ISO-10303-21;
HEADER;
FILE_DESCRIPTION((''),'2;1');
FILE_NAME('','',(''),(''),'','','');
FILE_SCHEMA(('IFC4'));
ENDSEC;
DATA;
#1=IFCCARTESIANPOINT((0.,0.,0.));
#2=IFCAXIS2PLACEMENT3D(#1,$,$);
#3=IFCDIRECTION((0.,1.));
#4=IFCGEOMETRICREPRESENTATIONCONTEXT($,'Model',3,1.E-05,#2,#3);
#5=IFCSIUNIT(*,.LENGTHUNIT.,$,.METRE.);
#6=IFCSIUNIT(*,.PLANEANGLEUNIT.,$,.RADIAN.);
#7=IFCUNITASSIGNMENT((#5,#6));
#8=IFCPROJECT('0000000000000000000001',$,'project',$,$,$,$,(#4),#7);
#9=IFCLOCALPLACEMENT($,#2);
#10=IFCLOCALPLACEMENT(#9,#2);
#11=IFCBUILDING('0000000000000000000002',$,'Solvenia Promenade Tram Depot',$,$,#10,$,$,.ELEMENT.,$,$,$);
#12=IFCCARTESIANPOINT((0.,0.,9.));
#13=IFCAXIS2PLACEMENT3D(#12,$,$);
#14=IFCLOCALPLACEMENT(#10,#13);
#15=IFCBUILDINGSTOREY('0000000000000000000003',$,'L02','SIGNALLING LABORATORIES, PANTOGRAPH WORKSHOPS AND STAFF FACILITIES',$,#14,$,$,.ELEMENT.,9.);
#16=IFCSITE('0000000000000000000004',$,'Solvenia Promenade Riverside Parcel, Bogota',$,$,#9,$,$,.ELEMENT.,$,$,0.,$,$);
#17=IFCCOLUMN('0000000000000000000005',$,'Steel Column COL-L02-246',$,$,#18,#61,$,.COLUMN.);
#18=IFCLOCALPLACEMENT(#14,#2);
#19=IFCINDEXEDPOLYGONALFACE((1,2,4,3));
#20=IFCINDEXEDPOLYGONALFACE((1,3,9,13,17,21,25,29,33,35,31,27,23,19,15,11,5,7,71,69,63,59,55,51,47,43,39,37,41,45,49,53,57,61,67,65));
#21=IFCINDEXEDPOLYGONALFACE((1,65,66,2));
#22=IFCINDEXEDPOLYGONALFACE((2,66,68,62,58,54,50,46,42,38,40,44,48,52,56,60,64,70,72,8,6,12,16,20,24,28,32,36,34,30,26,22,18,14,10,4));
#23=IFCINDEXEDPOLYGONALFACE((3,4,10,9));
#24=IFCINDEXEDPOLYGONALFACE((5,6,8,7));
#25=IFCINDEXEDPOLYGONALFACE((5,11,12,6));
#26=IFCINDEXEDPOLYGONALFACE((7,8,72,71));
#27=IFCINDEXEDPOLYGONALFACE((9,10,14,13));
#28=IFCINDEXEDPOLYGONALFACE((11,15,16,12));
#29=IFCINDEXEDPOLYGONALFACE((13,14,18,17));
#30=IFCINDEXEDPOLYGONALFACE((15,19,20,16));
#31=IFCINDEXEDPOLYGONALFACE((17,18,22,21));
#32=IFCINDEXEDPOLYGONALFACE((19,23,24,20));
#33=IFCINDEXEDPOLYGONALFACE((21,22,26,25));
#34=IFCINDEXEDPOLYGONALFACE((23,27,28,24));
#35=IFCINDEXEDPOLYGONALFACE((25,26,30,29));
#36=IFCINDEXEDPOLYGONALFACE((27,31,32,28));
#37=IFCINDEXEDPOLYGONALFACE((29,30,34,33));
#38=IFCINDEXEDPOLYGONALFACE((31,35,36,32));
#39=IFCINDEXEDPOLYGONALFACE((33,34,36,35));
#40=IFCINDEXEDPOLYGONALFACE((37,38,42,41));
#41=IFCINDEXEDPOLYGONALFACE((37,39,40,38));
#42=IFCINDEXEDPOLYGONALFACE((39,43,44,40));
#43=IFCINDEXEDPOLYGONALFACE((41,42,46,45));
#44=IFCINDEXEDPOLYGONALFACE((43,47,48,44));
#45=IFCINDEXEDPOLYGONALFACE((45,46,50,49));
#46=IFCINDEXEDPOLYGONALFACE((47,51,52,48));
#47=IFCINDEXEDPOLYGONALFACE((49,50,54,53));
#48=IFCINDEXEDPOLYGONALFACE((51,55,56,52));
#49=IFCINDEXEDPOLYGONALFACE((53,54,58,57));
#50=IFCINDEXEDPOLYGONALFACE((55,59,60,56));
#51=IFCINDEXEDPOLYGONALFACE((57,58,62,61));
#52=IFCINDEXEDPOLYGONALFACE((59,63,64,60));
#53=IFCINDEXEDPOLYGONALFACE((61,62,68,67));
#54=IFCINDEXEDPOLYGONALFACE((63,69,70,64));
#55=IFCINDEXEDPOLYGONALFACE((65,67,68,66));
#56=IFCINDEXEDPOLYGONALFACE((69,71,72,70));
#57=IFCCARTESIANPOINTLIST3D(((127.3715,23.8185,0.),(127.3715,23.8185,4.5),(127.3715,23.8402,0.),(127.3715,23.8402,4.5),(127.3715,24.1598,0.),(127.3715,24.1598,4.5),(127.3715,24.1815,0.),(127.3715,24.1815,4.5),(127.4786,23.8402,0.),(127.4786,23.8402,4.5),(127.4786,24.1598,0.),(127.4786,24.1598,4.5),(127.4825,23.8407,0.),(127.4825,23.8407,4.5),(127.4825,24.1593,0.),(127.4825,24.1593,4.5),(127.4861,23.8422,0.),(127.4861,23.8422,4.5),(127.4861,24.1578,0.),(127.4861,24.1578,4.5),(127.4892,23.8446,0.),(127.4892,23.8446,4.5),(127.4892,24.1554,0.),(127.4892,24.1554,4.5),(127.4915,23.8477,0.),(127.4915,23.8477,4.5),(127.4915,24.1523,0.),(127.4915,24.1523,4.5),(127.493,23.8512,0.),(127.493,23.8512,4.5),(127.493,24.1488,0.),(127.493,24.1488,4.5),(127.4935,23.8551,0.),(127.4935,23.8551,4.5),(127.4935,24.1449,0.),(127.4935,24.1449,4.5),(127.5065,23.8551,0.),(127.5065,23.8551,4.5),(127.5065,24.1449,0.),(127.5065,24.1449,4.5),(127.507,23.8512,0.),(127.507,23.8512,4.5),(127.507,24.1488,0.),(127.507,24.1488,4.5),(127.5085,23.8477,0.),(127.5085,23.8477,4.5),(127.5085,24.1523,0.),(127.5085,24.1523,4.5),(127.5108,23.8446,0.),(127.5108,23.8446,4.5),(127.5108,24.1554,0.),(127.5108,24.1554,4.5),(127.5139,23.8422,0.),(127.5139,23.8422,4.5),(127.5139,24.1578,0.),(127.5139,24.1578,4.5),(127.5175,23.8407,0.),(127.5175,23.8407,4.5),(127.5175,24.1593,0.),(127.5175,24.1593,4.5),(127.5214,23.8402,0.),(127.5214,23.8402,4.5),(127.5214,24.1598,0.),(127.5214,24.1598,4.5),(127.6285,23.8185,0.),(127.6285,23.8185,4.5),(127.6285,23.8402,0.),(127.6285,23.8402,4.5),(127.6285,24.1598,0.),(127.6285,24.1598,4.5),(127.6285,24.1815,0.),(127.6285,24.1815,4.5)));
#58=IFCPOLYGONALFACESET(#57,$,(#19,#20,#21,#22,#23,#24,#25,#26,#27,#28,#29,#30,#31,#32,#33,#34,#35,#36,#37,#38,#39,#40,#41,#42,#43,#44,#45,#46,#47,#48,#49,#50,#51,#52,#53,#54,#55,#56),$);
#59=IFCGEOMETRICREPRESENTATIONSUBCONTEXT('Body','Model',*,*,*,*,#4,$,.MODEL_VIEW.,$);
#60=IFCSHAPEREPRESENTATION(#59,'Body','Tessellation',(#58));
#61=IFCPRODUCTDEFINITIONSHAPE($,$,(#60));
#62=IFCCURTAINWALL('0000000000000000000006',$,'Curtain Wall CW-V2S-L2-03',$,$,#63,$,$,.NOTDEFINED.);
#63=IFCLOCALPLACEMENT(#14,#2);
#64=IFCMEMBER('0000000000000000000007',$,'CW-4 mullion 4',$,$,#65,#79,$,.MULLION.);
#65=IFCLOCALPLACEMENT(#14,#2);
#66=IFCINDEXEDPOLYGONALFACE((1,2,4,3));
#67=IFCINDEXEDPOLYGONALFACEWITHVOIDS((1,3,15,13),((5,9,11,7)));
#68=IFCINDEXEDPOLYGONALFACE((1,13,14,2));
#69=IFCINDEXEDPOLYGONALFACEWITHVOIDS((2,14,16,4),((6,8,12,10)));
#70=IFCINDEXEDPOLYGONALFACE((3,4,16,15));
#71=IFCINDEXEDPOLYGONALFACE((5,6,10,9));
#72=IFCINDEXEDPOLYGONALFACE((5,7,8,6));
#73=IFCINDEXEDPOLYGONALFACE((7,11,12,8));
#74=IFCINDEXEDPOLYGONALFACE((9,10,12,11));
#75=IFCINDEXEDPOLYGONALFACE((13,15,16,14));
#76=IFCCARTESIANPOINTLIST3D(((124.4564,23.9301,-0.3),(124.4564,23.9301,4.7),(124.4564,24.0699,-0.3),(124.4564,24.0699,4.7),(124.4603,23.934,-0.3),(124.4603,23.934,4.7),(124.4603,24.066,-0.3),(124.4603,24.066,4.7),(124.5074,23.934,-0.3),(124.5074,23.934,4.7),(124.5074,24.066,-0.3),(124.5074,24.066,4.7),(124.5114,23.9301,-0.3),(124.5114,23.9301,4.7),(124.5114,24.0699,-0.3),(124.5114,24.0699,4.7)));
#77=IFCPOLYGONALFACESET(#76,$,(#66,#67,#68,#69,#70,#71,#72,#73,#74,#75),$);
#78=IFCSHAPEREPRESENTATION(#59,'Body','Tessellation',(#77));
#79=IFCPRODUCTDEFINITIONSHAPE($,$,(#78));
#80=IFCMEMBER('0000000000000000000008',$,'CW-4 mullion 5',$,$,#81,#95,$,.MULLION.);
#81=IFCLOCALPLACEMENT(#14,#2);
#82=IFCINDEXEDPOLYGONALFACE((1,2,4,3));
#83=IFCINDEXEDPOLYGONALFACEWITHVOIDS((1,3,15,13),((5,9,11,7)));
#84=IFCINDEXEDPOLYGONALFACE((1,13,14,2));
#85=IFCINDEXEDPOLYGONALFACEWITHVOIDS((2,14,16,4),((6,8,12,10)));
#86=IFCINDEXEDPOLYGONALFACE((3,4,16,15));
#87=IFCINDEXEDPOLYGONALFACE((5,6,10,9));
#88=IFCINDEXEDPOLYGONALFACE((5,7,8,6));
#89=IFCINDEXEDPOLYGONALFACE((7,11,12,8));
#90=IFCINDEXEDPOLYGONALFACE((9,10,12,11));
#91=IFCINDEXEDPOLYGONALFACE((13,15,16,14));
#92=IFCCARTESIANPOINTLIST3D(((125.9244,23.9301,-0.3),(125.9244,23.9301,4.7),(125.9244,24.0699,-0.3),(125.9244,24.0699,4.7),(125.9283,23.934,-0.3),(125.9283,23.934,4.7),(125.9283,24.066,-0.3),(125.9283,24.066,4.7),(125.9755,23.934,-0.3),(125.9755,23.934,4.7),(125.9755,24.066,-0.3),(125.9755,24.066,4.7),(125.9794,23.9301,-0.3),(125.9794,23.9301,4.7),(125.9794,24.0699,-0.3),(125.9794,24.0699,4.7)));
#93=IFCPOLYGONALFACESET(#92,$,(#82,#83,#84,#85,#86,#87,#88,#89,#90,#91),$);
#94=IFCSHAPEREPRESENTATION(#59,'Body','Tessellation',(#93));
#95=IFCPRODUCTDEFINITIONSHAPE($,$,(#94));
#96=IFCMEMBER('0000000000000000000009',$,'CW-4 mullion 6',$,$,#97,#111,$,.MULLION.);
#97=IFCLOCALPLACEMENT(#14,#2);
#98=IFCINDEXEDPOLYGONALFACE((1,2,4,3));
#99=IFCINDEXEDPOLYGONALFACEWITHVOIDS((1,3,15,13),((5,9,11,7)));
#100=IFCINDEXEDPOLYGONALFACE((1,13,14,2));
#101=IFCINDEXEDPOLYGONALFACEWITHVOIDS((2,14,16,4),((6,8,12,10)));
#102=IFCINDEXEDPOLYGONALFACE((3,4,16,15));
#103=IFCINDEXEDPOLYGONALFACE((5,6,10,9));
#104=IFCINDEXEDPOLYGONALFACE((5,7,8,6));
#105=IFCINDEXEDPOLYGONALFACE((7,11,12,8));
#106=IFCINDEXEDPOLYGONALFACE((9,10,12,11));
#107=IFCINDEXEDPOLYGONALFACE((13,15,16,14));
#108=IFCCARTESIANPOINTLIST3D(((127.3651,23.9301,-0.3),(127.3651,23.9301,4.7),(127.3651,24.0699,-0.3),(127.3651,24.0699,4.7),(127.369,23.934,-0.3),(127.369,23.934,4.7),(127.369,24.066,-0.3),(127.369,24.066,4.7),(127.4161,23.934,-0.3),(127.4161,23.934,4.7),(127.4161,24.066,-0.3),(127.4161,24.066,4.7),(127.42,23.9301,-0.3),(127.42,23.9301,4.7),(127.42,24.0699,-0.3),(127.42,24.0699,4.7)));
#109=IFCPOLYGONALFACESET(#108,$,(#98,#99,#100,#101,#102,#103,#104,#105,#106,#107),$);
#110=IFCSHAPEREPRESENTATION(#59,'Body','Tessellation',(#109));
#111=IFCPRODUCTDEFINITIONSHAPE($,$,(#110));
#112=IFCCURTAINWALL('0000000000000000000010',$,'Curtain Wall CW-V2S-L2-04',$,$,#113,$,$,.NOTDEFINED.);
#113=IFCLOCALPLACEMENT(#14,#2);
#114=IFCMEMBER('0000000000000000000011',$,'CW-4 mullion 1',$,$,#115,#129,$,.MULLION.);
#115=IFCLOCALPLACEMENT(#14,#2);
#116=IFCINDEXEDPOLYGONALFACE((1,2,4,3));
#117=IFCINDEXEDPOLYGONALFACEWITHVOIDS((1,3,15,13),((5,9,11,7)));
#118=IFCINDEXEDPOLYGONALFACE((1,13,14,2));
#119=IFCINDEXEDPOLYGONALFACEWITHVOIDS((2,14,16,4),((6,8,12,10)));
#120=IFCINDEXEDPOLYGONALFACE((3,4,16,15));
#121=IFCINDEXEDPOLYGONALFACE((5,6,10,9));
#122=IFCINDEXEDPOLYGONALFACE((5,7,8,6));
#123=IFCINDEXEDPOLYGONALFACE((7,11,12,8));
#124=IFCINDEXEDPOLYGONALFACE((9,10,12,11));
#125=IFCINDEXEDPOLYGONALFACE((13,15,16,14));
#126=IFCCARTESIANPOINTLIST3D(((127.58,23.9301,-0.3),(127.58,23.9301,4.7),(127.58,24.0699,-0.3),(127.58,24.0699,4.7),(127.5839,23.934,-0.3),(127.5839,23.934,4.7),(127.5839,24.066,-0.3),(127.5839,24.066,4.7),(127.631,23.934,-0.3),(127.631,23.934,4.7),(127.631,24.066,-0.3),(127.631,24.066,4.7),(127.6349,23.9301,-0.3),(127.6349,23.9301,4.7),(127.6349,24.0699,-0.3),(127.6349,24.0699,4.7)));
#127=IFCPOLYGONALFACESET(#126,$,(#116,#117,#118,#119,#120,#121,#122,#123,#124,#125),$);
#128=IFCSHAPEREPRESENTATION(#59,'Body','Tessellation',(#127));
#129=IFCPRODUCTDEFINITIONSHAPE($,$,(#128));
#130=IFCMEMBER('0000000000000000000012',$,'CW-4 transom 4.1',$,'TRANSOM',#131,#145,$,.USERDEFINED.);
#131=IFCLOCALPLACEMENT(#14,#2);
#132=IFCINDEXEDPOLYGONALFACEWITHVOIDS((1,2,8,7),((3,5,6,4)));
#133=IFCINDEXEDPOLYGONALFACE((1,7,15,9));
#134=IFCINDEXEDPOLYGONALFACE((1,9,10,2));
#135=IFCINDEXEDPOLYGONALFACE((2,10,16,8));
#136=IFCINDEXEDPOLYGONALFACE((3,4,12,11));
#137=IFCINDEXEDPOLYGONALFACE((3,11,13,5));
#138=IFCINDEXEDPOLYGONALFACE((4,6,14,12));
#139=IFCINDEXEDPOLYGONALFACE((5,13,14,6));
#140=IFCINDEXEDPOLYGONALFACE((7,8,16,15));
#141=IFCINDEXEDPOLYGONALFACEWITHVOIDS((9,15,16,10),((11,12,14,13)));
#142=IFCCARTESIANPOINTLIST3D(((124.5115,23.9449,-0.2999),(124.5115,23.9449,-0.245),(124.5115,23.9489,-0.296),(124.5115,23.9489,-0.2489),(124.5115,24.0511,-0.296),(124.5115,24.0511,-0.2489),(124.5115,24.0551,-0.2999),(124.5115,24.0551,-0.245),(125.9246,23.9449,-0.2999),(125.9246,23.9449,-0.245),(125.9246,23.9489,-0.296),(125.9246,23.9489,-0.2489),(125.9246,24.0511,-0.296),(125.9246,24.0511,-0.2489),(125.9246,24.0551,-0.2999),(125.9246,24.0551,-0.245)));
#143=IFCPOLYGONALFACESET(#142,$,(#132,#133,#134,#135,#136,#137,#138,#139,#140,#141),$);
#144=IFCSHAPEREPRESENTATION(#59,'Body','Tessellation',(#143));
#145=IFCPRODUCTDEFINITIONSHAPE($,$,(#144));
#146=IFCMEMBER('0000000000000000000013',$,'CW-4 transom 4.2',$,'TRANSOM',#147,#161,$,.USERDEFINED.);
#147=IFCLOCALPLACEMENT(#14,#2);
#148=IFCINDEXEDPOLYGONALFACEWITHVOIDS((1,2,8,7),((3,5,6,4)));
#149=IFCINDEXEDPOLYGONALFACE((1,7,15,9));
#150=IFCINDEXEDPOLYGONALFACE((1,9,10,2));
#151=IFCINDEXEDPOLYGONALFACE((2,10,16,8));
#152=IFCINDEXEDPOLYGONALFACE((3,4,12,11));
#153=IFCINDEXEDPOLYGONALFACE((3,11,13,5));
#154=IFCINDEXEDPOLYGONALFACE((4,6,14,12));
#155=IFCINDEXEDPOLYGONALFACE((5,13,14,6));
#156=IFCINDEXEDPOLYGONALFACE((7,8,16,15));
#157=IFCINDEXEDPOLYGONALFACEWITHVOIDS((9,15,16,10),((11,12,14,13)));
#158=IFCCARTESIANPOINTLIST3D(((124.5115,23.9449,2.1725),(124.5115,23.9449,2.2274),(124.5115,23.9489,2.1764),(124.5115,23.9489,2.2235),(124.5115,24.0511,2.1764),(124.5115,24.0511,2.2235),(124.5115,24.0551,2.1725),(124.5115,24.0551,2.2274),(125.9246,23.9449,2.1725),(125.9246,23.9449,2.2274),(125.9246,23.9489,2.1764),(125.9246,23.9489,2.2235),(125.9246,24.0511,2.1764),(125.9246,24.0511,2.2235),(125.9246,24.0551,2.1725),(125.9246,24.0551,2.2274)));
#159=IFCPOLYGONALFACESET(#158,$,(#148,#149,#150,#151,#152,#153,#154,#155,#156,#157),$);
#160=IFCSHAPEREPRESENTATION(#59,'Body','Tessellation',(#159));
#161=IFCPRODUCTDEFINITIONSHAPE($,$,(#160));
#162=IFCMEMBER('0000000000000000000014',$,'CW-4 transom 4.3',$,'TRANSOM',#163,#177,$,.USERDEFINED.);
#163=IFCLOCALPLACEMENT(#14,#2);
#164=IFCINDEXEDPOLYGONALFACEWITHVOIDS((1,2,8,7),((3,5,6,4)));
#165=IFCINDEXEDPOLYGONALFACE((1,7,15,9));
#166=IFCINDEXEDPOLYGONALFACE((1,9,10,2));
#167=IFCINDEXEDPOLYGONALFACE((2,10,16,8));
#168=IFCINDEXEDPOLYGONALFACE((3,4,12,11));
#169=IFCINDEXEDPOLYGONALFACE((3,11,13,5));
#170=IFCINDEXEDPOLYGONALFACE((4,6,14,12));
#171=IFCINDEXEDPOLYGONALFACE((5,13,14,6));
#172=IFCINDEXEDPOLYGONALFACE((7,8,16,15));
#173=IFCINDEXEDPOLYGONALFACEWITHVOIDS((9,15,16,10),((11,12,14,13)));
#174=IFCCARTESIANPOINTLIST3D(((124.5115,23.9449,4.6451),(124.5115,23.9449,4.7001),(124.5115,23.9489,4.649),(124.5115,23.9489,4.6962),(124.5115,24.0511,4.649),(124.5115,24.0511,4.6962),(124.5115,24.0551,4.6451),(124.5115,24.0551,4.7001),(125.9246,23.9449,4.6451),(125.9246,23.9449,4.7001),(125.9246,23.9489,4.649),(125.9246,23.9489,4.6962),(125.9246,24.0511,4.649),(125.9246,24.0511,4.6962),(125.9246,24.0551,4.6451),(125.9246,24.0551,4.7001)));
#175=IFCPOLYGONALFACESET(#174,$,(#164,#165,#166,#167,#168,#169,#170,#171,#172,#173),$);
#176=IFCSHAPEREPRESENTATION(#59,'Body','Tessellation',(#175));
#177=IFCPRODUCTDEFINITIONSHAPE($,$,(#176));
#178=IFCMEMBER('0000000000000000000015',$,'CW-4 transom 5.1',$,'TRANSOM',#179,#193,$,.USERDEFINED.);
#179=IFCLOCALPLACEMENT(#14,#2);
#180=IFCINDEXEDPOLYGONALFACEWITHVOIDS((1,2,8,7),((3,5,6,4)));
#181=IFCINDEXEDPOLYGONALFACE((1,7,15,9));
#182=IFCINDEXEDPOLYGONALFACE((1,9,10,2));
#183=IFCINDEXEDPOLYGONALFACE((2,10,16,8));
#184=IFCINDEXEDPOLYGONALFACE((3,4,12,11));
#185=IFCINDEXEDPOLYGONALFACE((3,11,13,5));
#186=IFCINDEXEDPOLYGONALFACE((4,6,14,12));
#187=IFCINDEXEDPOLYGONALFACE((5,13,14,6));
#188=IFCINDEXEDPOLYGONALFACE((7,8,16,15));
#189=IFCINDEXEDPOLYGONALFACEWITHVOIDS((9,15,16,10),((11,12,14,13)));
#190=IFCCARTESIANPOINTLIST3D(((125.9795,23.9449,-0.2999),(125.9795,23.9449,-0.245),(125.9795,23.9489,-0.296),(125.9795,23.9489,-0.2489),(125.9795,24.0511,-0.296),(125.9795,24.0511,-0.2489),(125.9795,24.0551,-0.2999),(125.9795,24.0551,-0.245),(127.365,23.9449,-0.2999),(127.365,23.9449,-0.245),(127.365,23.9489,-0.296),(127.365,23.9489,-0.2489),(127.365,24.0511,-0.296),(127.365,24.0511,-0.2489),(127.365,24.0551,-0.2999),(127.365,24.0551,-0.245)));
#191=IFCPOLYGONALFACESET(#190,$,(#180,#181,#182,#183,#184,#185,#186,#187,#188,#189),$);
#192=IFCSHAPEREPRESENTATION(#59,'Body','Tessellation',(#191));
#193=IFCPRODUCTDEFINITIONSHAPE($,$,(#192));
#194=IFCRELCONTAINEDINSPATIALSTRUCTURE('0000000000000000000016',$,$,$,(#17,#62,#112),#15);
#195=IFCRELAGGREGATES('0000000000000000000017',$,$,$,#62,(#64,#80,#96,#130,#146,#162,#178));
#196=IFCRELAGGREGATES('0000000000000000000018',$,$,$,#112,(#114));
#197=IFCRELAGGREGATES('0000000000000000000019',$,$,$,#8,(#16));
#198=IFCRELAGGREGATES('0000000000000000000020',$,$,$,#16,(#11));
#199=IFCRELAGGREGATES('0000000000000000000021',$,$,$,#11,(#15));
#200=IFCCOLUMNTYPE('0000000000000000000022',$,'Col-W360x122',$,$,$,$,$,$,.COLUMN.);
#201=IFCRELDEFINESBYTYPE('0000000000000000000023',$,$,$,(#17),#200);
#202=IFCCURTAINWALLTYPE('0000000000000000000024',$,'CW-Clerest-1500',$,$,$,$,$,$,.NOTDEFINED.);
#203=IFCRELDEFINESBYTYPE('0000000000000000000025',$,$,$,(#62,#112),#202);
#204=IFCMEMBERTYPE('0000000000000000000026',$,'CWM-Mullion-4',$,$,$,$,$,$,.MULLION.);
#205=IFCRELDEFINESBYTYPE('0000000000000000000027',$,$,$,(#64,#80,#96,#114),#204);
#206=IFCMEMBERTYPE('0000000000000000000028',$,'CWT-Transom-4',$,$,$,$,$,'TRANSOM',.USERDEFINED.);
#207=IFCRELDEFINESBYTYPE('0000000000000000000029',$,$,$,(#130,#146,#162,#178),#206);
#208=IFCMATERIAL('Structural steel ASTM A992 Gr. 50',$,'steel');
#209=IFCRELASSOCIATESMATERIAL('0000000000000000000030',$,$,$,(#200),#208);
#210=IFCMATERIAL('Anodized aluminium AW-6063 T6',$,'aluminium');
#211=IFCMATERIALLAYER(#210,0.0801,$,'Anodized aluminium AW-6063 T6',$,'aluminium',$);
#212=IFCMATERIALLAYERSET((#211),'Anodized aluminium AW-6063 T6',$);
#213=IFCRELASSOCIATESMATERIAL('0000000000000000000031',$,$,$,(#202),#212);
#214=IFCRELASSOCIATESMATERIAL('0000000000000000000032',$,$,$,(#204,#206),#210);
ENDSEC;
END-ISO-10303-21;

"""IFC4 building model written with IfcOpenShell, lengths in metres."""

from ifc_helpers import new_model, si_unit, direction, frame, origin, origin_2d, place, context, subcontext, project, spatial, hollow_rectangle, i_section, extrude, material, layer, layer_set, material_profile, profile_set, type_object, element, aggregate, save


model = new_model("IFC4")

# Units and contexts
model_context = context("Model", 3, precision=1e-05, world=origin(), true_north=direction((0.0, 1.0)))
body_context = subcontext(model_context, "Body", "Model", "MODEL_VIEW")
ifc_project = project(units=[si_unit("LENGTHUNIT", "METRE"), si_unit("PLANEANGLEUNIT", "RADIAN")], contexts=[model_context])

# Site, building, storey
site_placement = place(None, origin())
site = spatial("IfcSite", under=ifc_project, at=site_placement, Name="Solvenia Promenade Riverside Parcel, Bogota", CompositionType="ELEMENT", RefElevation=0.0)
building_placement = place(site_placement, origin())
building = spatial("IfcBuilding", under=site, at=building_placement, Name="Solvenia Promenade Tram Depot", CompositionType="ELEMENT")
storey_placement = place(building_placement, frame((0.0, 0.0, 9.0)))
storey = spatial("IfcBuildingStorey", under=building, at=storey_placement, Name="L02", Description="SIGNALLING LABORATORIES, PANTOGRAPH WORKSHOPS AND STAFF FACILITIES", CompositionType="ELEMENT", Elevation=9.0)

# Column
ifc_material_1 = material(Name="Structural steel ASTM A992 Gr. 50", Category="steel")
ifc_material_profile_1 = material_profile(ifc_material_1, i_section(OverallWidth=0.2571, OverallDepth=0.363, WebThickness=0.0129, FlangeThickness=0.0217, FilletRadius=0.0149, at=origin_2d()), Name="W360x122", Category="steel")
ifc_profile_set_1 = profile_set([ifc_material_profile_1], Name="Structural steel ASTM A992 Gr. 50")
column_type = type_object("IfcColumnType", Name="Col-W360x122", PredefinedType="COLUMN", material=ifc_profile_set_1)
column_placement = place(storey_placement, frame((127.5, 24.0, 0.0), z_axis=(0.0, 0.0, 1.0), x_axis=(1.0, 0.0, 0.0)))
element("IfcColumn", 1, at=column_placement, inside=storey, type_object=column_type, Name="Steel Column COL-L02-246", PredefinedType="COLUMN", context=body_context, shape_type="SweptSolid", body=[
    extrude(i_section(OverallWidth=0.2571, OverallDepth=0.363, WebThickness=0.0129, FlangeThickness=0.0217, FilletRadius=0.0149, at=origin_2d()), origin(), (0.0, 0.0, 1.0), 4.5),
])

# Curtain wall, members
ifc_material_2 = material(Name="Anodized aluminium AW-6063 T6", Category="aluminium")
ifc_layer_1 = layer(ifc_material_2, 0.0801, Name="Anodized aluminium AW-6063 T6", Category="aluminium")
ifc_layer_set_1 = layer_set([ifc_layer_1], Name="Anodized aluminium AW-6063 T6")
curtain_wall_type = type_object("IfcCurtainWallType", Name="CW-Clerest-1500", PredefinedType="NOTDEFINED", material=ifc_layer_set_1)
curtain_wall_1_placement = place(storey_placement, origin())
curtain_wall_1 = element("IfcCurtainWall", 2, at=curtain_wall_1_placement, inside=storey, type_object=curtain_wall_type, Name="Curtain Wall CW-V2S-L2-03", PredefinedType="NOTDEFINED")
ifc_material_profile_2 = material_profile(ifc_material_2, hollow_rectangle(XDim=0.1399, YDim=0.0549, WallThickness=0.0039, at=origin_2d()), Name="ALU-M4", Category="aluminium")
ifc_profile_set_2 = profile_set([ifc_material_profile_2], Name="Anodized aluminium AW-6063 T6")
member_type_1 = type_object("IfcMemberType", Name="CWM-Mullion-4", PredefinedType="MULLION", material=ifc_profile_set_2)
member_1_placement = place(storey_placement, frame((124.4839, 24.0, -0.3), z_axis=(0.0, 0.0, 1.0), x_axis=(0.0, 1.0, 0.0)))
member_1 = element("IfcMember", 3, at=member_1_placement, type_object=member_type_1, Name="CW-4 mullion 4", PredefinedType="MULLION", context=body_context, shape_type="SweptSolid", body=[
    extrude(hollow_rectangle(XDim=0.1399, YDim=0.0549, WallThickness=0.0039, at=origin_2d()), origin(), (0.0, 0.0, 1.0), 5.0),
])
member_2_placement = place(storey_placement, frame((125.9519, 24.0, -0.3), z_axis=(0.0, 0.0, 1.0), x_axis=(0.0, 1.0, 0.0)))
member_2 = element("IfcMember", 4, at=member_2_placement, type_object=member_type_1, Name="CW-4 mullion 5", PredefinedType="MULLION", context=body_context, shape_type="SweptSolid", body=[
    extrude(hollow_rectangle(XDim=0.1399, YDim=0.0549, WallThickness=0.0039, at=origin_2d()), origin(), (0.0, 0.0, 1.0), 5.0),
])
member_3_placement = place(storey_placement, frame((127.3926, 24.0, -0.3), z_axis=(0.0, 0.0, 1.0), x_axis=(0.0, 1.0, 0.0)))
member_3 = element("IfcMember", 5, at=member_3_placement, type_object=member_type_1, Name="CW-4 mullion 6", PredefinedType="MULLION", context=body_context, shape_type="SweptSolid", body=[
    extrude(hollow_rectangle(XDim=0.1399, YDim=0.0549, WallThickness=0.0039, at=origin_2d()), origin(), (0.0, 0.0, 1.0), 5.0),
])

# Curtain wall, member
curtain_wall_2_placement = place(storey_placement, origin())
curtain_wall_2 = element("IfcCurtainWall", 6, at=curtain_wall_2_placement, inside=storey, type_object=curtain_wall_type, Name="Curtain Wall CW-V2S-L2-04", PredefinedType="NOTDEFINED")
member_4_placement = place(storey_placement, frame((127.6074, 24.0, -0.3), z_axis=(0.0, 0.0, 1.0), x_axis=(0.0, 1.0, 0.0)))
member_4 = element("IfcMember", 7, at=member_4_placement, type_object=member_type_1, Name="CW-4 mullion 1", PredefinedType="MULLION", context=body_context, shape_type="SweptSolid", body=[
    extrude(hollow_rectangle(XDim=0.1399, YDim=0.0549, WallThickness=0.0039, at=origin_2d()), origin(), (0.0, 0.0, 1.0), 5.0),
])

# Members
ifc_material_profile_3 = material_profile(ifc_material_2, hollow_rectangle(XDim=0.1101, YDim=0.0549, WallThickness=0.0039, at=origin_2d()), Name="ALU-T4", Category="aluminium")
ifc_profile_set_3 = profile_set([ifc_material_profile_3], Name="Anodized aluminium AW-6063 T6")
member_type_2 = type_object("IfcMemberType", Name="CWT-Transom-4", ElementType="TRANSOM", PredefinedType="USERDEFINED", material=ifc_profile_set_3)
member_5_placement = place(storey_placement, frame((124.5115, 24.0, -0.2725), z_axis=(1.0, 0.0, 0.0), x_axis=(0.0, 1.0, 0.0)))
member_5 = element("IfcMember", 8, at=member_5_placement, type_object=member_type_2, Name="CW-4 transom 4.1", ObjectType="TRANSOM", PredefinedType="USERDEFINED", context=body_context, shape_type="SweptSolid", body=[
    extrude(hollow_rectangle(XDim=0.1101, YDim=0.0549, WallThickness=0.0039, at=origin_2d()), origin(), (0.0, 0.0, 1.0), 1.4131),
])
member_6_placement = place(storey_placement, frame((124.5115, 24.0, 2.2), z_axis=(1.0, 0.0, 0.0), x_axis=(0.0, 1.0, 0.0)))
member_6 = element("IfcMember", 9, at=member_6_placement, type_object=member_type_2, Name="CW-4 transom 4.2", ObjectType="TRANSOM", PredefinedType="USERDEFINED", context=body_context, shape_type="SweptSolid", body=[
    extrude(hollow_rectangle(XDim=0.1101, YDim=0.0549, WallThickness=0.0039, at=origin_2d()), origin(), (0.0, 0.0, 1.0), 1.4131),
])
member_7_placement = place(storey_placement, frame((124.5115, 24.0, 4.6726), z_axis=(1.0, 0.0, 0.0), x_axis=(0.0, 1.0, 0.0)))
member_7 = element("IfcMember", 10, at=member_7_placement, type_object=member_type_2, Name="CW-4 transom 4.3", ObjectType="TRANSOM", PredefinedType="USERDEFINED", context=body_context, shape_type="SweptSolid", body=[
    extrude(hollow_rectangle(XDim=0.1101, YDim=0.0549, WallThickness=0.0039, at=origin_2d()), origin(), (0.0, 0.0, 1.0), 1.4131),
])
member_8_placement = place(storey_placement, frame((125.9795, 24.0, -0.2725), z_axis=(1.0, 0.0, 0.0), x_axis=(0.0, 1.0, 0.0)))
member_8 = element("IfcMember", 11, at=member_8_placement, type_object=member_type_2, Name="CW-4 transom 5.1", ObjectType="TRANSOM", PredefinedType="USERDEFINED", context=body_context, shape_type="SweptSolid", body=[
    extrude(hollow_rectangle(XDim=0.1101, YDim=0.0549, WallThickness=0.0039, at=origin_2d()), origin(), (0.0, 0.0, 1.0), 1.3855),
])

aggregate(curtain_wall_1, [member_1, member_2, member_3, member_5, member_6, member_7, member_8])
aggregate(curtain_wall_2, [member_4])

save(model, "model.ifc")
